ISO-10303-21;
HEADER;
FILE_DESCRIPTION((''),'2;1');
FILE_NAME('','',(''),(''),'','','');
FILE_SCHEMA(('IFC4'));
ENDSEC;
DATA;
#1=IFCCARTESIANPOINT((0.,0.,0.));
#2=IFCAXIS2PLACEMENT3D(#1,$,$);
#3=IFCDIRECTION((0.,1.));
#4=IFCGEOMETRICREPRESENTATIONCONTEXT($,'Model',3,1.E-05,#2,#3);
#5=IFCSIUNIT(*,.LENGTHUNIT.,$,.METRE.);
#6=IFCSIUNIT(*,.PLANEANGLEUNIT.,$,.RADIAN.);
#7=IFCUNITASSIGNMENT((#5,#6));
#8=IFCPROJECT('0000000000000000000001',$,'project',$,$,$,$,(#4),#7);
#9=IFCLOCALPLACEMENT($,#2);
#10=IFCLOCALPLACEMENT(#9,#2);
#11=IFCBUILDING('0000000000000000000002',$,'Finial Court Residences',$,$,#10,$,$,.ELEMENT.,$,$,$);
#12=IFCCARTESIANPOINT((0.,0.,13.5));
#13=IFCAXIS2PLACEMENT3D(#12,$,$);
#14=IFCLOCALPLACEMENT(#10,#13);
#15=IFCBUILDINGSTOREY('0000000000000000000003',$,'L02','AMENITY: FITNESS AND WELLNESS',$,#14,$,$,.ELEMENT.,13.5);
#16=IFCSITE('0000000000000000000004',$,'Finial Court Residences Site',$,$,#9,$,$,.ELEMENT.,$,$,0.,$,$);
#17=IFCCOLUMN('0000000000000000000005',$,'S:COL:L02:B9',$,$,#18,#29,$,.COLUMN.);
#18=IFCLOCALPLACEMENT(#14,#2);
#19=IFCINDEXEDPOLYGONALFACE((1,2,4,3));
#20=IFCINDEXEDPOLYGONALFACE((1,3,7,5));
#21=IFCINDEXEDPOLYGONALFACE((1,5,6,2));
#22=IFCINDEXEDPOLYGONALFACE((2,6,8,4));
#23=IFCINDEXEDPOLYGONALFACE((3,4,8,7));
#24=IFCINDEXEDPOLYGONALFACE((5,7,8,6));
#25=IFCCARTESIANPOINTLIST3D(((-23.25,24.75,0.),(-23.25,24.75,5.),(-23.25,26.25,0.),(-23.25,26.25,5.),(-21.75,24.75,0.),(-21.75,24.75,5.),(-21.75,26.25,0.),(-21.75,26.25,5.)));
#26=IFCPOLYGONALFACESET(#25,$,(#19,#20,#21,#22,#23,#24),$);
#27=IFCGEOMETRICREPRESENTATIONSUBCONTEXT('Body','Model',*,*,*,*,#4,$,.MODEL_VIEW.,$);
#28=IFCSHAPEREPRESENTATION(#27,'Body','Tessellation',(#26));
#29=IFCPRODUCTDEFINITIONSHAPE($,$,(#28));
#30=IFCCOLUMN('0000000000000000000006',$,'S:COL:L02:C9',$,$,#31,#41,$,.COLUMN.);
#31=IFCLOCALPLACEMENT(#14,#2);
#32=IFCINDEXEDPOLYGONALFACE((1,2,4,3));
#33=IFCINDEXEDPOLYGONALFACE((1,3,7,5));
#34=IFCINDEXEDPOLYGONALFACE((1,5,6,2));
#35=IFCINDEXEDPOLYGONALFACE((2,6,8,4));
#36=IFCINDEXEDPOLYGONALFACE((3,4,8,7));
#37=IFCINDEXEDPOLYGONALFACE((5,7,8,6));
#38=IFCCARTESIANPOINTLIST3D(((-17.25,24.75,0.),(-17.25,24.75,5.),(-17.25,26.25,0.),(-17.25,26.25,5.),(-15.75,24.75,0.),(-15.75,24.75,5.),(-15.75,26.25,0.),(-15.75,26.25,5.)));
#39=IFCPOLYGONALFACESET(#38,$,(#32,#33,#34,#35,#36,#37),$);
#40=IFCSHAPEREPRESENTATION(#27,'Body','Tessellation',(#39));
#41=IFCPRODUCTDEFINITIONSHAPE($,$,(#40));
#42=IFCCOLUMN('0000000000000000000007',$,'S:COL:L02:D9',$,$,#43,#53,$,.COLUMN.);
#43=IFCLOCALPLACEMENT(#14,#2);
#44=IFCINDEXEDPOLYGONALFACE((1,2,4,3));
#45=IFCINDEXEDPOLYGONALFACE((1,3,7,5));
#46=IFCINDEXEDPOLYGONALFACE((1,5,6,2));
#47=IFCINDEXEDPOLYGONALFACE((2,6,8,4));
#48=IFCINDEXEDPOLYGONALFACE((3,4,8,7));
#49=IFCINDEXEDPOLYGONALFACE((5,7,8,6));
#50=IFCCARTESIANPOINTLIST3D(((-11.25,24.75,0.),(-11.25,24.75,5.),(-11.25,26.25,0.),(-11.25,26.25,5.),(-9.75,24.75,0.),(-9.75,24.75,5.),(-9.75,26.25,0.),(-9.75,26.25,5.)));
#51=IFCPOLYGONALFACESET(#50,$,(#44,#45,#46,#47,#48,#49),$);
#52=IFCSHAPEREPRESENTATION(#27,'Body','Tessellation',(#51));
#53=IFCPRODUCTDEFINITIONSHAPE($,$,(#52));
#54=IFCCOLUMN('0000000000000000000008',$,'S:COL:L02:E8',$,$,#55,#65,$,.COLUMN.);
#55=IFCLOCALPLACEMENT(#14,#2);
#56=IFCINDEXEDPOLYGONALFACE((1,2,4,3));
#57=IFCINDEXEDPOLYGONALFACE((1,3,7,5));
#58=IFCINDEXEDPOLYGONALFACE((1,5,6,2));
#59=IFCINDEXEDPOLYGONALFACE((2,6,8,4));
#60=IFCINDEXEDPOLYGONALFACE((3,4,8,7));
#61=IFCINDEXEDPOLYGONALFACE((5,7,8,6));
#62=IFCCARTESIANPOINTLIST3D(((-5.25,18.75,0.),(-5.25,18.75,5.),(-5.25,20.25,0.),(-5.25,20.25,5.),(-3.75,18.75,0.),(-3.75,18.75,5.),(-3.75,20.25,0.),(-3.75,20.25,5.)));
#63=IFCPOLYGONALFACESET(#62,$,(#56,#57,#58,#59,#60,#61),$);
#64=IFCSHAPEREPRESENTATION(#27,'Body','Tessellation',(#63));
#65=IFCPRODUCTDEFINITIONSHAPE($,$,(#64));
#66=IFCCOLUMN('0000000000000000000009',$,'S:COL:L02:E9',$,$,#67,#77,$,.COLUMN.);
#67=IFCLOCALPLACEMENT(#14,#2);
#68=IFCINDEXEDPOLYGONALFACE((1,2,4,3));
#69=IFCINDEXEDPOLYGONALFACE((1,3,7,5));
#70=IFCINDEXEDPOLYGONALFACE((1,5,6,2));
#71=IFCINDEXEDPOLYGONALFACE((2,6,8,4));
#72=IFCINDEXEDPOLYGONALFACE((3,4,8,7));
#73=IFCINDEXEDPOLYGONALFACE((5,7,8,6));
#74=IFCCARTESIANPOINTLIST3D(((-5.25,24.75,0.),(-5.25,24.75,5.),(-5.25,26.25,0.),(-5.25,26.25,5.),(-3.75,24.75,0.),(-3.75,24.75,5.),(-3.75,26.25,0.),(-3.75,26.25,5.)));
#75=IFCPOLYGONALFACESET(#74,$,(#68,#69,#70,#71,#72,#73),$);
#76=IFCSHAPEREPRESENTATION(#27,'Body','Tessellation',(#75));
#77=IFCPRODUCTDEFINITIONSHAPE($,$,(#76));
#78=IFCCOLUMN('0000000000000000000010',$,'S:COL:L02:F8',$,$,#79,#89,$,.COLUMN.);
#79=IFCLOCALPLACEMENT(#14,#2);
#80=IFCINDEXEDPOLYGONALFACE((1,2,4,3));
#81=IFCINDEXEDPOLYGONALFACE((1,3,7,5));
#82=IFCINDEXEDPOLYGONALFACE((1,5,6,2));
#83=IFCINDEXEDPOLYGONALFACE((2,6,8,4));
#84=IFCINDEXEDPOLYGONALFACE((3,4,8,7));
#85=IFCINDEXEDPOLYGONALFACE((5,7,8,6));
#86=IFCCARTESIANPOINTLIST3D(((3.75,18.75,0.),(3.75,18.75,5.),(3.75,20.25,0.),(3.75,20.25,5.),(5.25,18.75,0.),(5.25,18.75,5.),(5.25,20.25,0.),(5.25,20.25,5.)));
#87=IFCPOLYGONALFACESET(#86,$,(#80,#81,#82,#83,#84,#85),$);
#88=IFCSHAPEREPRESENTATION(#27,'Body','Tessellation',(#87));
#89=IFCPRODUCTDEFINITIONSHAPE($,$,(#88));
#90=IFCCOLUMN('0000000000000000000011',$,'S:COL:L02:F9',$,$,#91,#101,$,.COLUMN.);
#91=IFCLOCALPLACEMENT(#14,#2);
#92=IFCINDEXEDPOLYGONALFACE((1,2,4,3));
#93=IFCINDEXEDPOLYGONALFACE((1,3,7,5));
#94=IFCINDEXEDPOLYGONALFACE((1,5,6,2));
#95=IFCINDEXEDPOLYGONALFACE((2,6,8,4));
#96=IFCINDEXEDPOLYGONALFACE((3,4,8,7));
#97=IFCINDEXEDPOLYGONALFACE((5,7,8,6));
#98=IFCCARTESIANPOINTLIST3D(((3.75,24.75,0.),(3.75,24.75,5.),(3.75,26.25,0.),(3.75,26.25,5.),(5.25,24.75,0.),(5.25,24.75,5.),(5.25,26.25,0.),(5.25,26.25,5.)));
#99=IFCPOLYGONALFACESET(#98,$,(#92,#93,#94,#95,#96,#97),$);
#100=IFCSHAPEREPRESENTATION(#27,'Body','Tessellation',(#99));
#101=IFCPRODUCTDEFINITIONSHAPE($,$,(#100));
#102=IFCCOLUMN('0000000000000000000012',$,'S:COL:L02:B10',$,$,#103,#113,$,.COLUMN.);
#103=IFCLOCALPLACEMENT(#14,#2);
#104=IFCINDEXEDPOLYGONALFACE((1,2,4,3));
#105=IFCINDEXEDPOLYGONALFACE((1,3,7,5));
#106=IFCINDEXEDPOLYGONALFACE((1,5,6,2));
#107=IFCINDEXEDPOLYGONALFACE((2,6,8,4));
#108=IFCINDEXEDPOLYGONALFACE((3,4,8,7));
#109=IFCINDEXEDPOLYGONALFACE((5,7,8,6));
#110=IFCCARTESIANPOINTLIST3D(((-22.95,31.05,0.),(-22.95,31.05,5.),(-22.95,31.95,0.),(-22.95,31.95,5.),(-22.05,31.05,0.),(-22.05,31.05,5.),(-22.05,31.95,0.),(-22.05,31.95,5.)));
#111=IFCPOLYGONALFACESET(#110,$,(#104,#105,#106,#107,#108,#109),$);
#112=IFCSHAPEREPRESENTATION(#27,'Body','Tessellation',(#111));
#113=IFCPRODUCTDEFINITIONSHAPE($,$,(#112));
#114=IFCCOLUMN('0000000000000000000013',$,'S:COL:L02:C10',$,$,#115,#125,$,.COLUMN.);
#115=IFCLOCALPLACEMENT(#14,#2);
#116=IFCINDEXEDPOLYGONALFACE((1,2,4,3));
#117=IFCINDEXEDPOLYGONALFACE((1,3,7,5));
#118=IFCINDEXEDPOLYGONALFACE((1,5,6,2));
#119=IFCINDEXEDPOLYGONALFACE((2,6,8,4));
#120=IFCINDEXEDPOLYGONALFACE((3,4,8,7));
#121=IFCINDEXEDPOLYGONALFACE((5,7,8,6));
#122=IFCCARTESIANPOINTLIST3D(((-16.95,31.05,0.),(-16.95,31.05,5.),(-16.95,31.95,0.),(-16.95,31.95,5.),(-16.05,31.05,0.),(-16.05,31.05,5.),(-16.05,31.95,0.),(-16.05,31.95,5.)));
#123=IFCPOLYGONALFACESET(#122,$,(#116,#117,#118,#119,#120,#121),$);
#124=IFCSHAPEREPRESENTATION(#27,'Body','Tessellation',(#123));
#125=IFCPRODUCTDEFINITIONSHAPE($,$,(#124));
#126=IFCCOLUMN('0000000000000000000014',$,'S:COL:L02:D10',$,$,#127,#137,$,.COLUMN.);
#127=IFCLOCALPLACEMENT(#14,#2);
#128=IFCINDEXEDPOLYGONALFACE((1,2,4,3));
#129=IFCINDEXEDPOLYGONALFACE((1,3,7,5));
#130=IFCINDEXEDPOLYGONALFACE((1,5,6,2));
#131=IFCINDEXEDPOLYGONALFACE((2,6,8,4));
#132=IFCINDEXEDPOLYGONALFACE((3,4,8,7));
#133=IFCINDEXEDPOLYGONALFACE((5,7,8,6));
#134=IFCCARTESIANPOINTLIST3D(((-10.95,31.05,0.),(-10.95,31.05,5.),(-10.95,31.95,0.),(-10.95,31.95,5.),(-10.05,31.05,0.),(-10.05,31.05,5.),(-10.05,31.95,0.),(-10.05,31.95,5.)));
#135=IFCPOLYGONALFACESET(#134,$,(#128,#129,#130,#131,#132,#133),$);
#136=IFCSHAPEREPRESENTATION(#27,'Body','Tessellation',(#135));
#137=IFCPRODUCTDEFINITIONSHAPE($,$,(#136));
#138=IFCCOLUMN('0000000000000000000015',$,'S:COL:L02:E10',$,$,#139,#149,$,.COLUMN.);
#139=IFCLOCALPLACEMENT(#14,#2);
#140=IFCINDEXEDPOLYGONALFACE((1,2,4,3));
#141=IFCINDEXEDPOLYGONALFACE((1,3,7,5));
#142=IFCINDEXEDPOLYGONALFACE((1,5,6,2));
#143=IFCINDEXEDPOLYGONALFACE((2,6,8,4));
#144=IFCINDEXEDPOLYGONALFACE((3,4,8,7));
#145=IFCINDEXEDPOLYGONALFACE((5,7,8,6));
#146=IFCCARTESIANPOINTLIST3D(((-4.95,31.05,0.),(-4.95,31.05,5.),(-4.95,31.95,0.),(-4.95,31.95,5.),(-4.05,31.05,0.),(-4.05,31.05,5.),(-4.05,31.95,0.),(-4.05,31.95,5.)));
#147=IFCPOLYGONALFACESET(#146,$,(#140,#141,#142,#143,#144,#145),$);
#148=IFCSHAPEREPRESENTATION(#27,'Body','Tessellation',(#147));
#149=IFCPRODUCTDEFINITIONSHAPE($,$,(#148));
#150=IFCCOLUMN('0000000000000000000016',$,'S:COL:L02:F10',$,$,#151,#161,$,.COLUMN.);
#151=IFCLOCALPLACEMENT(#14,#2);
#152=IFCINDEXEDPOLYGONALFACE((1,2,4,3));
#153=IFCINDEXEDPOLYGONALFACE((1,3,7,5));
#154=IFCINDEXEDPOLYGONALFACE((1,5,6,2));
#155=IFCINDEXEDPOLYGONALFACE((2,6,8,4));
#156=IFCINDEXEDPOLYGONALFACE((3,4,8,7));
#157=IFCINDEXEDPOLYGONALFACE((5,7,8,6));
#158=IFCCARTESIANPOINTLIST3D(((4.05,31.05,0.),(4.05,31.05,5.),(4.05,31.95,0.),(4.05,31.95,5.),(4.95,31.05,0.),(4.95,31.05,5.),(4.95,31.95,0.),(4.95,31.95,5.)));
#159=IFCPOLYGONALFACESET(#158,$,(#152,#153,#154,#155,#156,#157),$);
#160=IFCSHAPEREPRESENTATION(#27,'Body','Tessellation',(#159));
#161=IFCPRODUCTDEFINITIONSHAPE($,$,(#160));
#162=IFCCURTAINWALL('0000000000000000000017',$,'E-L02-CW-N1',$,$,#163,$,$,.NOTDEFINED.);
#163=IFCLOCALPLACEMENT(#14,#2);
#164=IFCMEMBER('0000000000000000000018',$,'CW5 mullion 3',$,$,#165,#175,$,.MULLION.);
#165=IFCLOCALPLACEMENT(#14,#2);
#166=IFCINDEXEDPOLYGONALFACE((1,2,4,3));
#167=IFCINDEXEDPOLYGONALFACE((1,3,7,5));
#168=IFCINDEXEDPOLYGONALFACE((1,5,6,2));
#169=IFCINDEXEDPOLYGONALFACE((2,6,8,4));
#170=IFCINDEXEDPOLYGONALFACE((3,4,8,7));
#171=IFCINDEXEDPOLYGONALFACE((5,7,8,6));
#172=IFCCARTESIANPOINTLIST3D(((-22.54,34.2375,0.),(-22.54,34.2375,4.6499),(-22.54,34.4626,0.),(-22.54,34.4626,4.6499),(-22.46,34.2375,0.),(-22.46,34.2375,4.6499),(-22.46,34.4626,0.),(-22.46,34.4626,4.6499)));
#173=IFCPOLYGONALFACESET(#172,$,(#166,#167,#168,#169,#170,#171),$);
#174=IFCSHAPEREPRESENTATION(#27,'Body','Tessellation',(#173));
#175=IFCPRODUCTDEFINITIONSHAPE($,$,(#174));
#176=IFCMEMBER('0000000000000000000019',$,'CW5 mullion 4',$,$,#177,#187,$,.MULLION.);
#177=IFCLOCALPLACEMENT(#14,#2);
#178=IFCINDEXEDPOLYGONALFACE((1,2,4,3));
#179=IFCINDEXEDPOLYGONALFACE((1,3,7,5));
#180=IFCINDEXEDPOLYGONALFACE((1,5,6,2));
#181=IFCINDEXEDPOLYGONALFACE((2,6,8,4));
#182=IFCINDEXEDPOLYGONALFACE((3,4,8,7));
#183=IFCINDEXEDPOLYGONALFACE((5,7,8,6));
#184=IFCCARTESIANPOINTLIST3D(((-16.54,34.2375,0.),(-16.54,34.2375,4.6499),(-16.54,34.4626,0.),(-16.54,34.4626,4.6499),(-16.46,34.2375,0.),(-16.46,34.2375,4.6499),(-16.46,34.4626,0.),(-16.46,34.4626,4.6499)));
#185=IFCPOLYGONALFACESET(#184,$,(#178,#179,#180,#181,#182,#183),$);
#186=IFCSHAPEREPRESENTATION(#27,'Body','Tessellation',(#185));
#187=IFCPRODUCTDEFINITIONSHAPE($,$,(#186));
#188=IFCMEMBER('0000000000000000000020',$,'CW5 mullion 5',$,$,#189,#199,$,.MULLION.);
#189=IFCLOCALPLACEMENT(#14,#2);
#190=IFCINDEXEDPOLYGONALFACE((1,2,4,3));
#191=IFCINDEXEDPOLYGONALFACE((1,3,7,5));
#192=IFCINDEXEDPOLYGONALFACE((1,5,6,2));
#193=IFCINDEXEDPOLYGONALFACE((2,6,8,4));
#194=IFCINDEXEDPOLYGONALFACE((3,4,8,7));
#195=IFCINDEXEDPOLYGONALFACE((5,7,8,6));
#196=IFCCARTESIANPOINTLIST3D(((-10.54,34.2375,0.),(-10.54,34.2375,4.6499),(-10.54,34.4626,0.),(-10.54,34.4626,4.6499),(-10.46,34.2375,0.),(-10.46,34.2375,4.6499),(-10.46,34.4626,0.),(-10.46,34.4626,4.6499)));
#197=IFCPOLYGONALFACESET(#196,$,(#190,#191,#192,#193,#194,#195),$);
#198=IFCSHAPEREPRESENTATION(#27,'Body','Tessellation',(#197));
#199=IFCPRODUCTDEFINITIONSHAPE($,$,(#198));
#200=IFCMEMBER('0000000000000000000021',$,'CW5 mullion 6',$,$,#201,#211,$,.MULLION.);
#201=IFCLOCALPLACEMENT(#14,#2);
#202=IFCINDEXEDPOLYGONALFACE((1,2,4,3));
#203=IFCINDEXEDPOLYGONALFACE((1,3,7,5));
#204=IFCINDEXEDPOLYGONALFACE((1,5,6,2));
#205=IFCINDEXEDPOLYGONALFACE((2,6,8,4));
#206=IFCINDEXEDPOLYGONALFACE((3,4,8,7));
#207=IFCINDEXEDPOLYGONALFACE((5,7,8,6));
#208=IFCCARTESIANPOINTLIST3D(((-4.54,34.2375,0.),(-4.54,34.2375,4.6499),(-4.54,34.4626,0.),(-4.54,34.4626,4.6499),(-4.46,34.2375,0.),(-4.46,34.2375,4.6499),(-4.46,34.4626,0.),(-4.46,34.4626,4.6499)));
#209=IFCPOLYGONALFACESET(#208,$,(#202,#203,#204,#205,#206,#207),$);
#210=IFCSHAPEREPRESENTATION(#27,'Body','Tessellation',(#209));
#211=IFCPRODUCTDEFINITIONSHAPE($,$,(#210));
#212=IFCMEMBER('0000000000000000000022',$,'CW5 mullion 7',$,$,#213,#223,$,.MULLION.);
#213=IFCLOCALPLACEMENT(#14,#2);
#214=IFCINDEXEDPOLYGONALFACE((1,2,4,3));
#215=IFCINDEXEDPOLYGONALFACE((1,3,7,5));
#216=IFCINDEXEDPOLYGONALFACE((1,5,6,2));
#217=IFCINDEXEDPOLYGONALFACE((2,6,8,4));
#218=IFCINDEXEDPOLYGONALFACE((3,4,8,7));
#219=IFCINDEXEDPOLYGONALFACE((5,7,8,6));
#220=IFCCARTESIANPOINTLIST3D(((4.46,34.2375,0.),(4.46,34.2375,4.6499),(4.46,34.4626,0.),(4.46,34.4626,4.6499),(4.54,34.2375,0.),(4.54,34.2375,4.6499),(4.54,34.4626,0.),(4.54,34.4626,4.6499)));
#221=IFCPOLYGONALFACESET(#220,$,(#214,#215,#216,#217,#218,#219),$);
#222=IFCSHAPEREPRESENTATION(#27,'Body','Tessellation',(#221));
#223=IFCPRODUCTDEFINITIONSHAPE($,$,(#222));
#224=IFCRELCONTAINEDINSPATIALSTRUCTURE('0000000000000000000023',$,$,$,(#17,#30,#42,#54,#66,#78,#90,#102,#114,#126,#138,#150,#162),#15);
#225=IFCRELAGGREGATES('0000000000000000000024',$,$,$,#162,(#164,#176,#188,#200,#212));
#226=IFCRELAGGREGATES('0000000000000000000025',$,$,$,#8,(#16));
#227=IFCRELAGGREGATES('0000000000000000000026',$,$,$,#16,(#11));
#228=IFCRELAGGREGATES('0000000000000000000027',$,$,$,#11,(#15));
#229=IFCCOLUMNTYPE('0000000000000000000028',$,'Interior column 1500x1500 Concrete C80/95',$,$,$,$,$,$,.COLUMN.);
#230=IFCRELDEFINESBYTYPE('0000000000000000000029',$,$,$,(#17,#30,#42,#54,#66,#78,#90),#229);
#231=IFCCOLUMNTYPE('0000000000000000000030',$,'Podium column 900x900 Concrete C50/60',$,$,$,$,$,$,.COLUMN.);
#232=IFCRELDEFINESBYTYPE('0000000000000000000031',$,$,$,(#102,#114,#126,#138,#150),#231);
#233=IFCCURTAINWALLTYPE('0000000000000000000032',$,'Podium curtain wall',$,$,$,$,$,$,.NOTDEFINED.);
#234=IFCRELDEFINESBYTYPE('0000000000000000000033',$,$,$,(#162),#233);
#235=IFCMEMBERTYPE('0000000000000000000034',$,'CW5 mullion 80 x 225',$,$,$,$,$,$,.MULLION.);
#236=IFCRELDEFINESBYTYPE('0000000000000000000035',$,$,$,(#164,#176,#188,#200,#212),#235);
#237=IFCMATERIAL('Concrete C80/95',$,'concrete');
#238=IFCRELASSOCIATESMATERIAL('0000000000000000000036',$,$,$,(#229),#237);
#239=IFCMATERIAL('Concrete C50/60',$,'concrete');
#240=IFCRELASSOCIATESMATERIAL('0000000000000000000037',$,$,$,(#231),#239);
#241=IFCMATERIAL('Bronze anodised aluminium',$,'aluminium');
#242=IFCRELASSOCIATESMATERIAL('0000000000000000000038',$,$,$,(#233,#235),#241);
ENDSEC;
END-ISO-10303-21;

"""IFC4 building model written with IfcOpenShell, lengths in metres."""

from ifc_helpers import new_model, si_unit, direction, frame, origin, origin_2d, place, context, subcontext, project, spatial, rectangle, extrude, material, material_profile, profile_set, type_object, element, aggregate, save


model = new_model("IFC4")

# Units and contexts
model_context = context("Model", 3, precision=1e-05, world=origin(), true_north=direction((0.0, 1.0)))
body_context = subcontext(model_context, "Body", "Model", "MODEL_VIEW")
ifc_project = project(units=[si_unit("LENGTHUNIT", "METRE"), si_unit("PLANEANGLEUNIT", "RADIAN")], contexts=[model_context])

# Site, building, storey
site_placement = place(None, origin())
site = spatial("IfcSite", under=ifc_project, at=site_placement, Name="Finial Court Residences Site", CompositionType="ELEMENT", RefElevation=0.0)
building_placement = place(site_placement, origin())
building = spatial("IfcBuilding", under=site, at=building_placement, Name="Finial Court Residences", CompositionType="ELEMENT")
storey_placement = place(building_placement, frame((0.0, 0.0, 13.5)))
storey = spatial("IfcBuildingStorey", under=building, at=storey_placement, Name="L02", Description="AMENITY: FITNESS AND WELLNESS", CompositionType="ELEMENT", Elevation=13.5)

# Columns
ifc_material_1 = material(Name="Concrete C80/95", Category="concrete")
ifc_material_profile_1 = material_profile(ifc_material_1, rectangle(XDim=1.5, YDim=1.5, at=origin_2d()), Name="1500x1500")
ifc_profile_set_1 = profile_set([ifc_material_profile_1], Name="Concrete C80/95")
column_type_1 = type_object("IfcColumnType", Name="Interior column 1500x1500 Concrete C80/95", PredefinedType="COLUMN", material=ifc_profile_set_1)
for number, where, z_axis, x_axis, name in (
    (1, (-22.5, 25.5, 0.0), (0.0, 0.0, 1.0), (1.0, 0.0, 0.0), "S:COL:L02:B9"),
    (2, (-16.5, 25.5, 0.0), (0.0, 0.0, 1.0), (1.0, 0.0, 0.0), "S:COL:L02:C9"),
    (3, (-10.5, 25.5, 0.0), (0.0, 0.0, 1.0), (1.0, 0.0, 0.0), "S:COL:L02:D9"),
    (4, (-4.5, 19.5, 0.0), (0.0, 0.0, 1.0), (1.0, 0.0, 0.0), "S:COL:L02:E8"),
    (5, (-4.5, 25.5, 0.0), (0.0, 0.0, 1.0), (1.0, 0.0, 0.0), "S:COL:L02:E9"),
    (6, (4.5, 19.5, 0.0), (0.0, 0.0, 1.0), (1.0, 0.0, 0.0), "S:COL:L02:F8"),
    (7, (4.5, 25.5, 0.0), (0.0, 0.0, 1.0), (1.0, 0.0, 0.0), "S:COL:L02:F9"),
):
    element("IfcColumn", number, at=place(storey_placement, frame(where, z_axis=z_axis, x_axis=x_axis)), inside=storey, type_object=column_type_1, Name=name, PredefinedType="COLUMN", context=body_context, shape_type="SweptSolid", body=[
        extrude(rectangle(XDim=1.5, YDim=1.5, at=origin_2d()), origin(), (0.0, 0.0, 1.0), 5.0),
    ])
ifc_material_2 = material(Name="Concrete C50/60", Category="concrete")
ifc_material_profile_2 = material_profile(ifc_material_2, rectangle(XDim=0.8999, YDim=0.8999, at=origin_2d()), Name="900x900")
ifc_profile_set_2 = profile_set([ifc_material_profile_2], Name="Concrete C50/60")
column_type_2 = type_object("IfcColumnType", Name="Podium column 900x900 Concrete C50/60", PredefinedType="COLUMN", material=ifc_profile_set_2)
for number, where, z_axis, x_axis, name in (
    (8, (-22.5, 31.5, 0.0), (0.0, 0.0, 1.0), (1.0, 0.0, 0.0), "S:COL:L02:B10"),
    (9, (-16.5, 31.5, 0.0), (0.0, 0.0, 1.0), (1.0, 0.0, 0.0), "S:COL:L02:C10"),
    (10, (-10.5, 31.5, 0.0), (0.0, 0.0, 1.0), (1.0, 0.0, 0.0), "S:COL:L02:D10"),
    (11, (-4.5, 31.5, 0.0), (0.0, 0.0, 1.0), (1.0, 0.0, 0.0), "S:COL:L02:E10"),
    (12, (4.5, 31.5, 0.0), (0.0, 0.0, 1.0), (1.0, 0.0, 0.0), "S:COL:L02:F10"),
):
    element("IfcColumn", number, at=place(storey_placement, frame(where, z_axis=z_axis, x_axis=x_axis)), inside=storey, type_object=column_type_2, Name=name, PredefinedType="COLUMN", context=body_context, shape_type="SweptSolid", body=[
        extrude(rectangle(XDim=0.8999, YDim=0.8999, at=origin_2d()), origin(), (0.0, 0.0, 1.0), 5.0),
    ])

# Curtain wall, members
ifc_material_3 = material(Name="Bronze anodised aluminium", Category="aluminium")
curtain_wall_type = type_object("IfcCurtainWallType", Name="Podium curtain wall", PredefinedType="NOTDEFINED", material=ifc_material_3)
curtain_wall_placement = place(storey_placement, origin())
curtain_wall = element("IfcCurtainWall", 13, at=curtain_wall_placement, inside=storey, type_object=curtain_wall_type, Name="E-L02-CW-N1", PredefinedType="NOTDEFINED")
ifc_material_profile_3 = material_profile(ifc_material_3, rectangle(XDim=0.2251, YDim=0.0801, at=origin_2d()), Name="CW5 mullion 80 x 225")
ifc_profile_set_3 = profile_set([ifc_material_profile_3], Name="Bronze anodised aluminium")
member_type_1 = type_object("IfcMemberType", Name="CW5 mullion 80 x 225", PredefinedType="MULLION", material=ifc_profile_set_3)
member_1_placement = place(storey_placement, frame((-22.5, 34.3501, 0.0), z_axis=(0.0, 0.0, 1.0), x_axis=(0.0, 1.0, 0.0)))
member_1 = element("IfcMember", 14, at=member_1_placement, type_object=member_type_1, Name="CW5 mullion 3", PredefinedType="MULLION", context=body_context, shape_type="SweptSolid", body=[
    extrude(rectangle(XDim=0.2251, YDim=0.0801, at=origin_2d()), origin(), (0.0, 0.0, 1.0), 4.6499),
])
member_2_placement = place(storey_placement, frame((-16.5, 34.3501, 0.0), z_axis=(0.0, 0.0, 1.0), x_axis=(0.0, 1.0, 0.0)))
member_2 = element("IfcMember", 15, at=member_2_placement, type_object=member_type_1, Name="CW5 mullion 4", PredefinedType="MULLION", context=body_context, shape_type="SweptSolid", body=[
    extrude(rectangle(XDim=0.2251, YDim=0.0801, at=origin_2d()), origin(), (0.0, 0.0, 1.0), 4.6499),
])
member_3_placement = place(storey_placement, frame((-10.5, 34.3501, 0.0), z_axis=(0.0, 0.0, 1.0), x_axis=(0.0, 1.0, 0.0)))
member_3 = element("IfcMember", 16, at=member_3_placement, type_object=member_type_1, Name="CW5 mullion 5", PredefinedType="MULLION", context=body_context, shape_type="SweptSolid", body=[
    extrude(rectangle(XDim=0.2251, YDim=0.0801, at=origin_2d()), origin(), (0.0, 0.0, 1.0), 4.6499),
])
member_4_placement = place(storey_placement, frame((-4.5, 34.3501, 0.0), z_axis=(0.0, 0.0, 1.0), x_axis=(0.0, 1.0, 0.0)))
member_4 = element("IfcMember", 17, at=member_4_placement, type_object=member_type_1, Name="CW5 mullion 6", PredefinedType="MULLION", context=body_context, shape_type="SweptSolid", body=[
    extrude(rectangle(XDim=0.2251, YDim=0.0801, at=origin_2d()), origin(), (0.0, 0.0, 1.0), 4.6499),
])
member_5_placement = place(storey_placement, frame((4.5, 34.3501, 0.0), z_axis=(0.0, 0.0, 1.0), x_axis=(0.0, 1.0, 0.0)))
member_5 = element("IfcMember", 18, at=member_5_placement, type_object=member_type_1, Name="CW5 mullion 7", PredefinedType="MULLION", context=body_context, shape_type="SweptSolid", body=[
    extrude(rectangle(XDim=0.2251, YDim=0.0801, at=origin_2d()), origin(), (0.0, 0.0, 1.0), 4.6499),
])
aggregate(curtain_wall, [member_1, member_2, member_3, member_4, member_5])

save(model, "model.ifc")
